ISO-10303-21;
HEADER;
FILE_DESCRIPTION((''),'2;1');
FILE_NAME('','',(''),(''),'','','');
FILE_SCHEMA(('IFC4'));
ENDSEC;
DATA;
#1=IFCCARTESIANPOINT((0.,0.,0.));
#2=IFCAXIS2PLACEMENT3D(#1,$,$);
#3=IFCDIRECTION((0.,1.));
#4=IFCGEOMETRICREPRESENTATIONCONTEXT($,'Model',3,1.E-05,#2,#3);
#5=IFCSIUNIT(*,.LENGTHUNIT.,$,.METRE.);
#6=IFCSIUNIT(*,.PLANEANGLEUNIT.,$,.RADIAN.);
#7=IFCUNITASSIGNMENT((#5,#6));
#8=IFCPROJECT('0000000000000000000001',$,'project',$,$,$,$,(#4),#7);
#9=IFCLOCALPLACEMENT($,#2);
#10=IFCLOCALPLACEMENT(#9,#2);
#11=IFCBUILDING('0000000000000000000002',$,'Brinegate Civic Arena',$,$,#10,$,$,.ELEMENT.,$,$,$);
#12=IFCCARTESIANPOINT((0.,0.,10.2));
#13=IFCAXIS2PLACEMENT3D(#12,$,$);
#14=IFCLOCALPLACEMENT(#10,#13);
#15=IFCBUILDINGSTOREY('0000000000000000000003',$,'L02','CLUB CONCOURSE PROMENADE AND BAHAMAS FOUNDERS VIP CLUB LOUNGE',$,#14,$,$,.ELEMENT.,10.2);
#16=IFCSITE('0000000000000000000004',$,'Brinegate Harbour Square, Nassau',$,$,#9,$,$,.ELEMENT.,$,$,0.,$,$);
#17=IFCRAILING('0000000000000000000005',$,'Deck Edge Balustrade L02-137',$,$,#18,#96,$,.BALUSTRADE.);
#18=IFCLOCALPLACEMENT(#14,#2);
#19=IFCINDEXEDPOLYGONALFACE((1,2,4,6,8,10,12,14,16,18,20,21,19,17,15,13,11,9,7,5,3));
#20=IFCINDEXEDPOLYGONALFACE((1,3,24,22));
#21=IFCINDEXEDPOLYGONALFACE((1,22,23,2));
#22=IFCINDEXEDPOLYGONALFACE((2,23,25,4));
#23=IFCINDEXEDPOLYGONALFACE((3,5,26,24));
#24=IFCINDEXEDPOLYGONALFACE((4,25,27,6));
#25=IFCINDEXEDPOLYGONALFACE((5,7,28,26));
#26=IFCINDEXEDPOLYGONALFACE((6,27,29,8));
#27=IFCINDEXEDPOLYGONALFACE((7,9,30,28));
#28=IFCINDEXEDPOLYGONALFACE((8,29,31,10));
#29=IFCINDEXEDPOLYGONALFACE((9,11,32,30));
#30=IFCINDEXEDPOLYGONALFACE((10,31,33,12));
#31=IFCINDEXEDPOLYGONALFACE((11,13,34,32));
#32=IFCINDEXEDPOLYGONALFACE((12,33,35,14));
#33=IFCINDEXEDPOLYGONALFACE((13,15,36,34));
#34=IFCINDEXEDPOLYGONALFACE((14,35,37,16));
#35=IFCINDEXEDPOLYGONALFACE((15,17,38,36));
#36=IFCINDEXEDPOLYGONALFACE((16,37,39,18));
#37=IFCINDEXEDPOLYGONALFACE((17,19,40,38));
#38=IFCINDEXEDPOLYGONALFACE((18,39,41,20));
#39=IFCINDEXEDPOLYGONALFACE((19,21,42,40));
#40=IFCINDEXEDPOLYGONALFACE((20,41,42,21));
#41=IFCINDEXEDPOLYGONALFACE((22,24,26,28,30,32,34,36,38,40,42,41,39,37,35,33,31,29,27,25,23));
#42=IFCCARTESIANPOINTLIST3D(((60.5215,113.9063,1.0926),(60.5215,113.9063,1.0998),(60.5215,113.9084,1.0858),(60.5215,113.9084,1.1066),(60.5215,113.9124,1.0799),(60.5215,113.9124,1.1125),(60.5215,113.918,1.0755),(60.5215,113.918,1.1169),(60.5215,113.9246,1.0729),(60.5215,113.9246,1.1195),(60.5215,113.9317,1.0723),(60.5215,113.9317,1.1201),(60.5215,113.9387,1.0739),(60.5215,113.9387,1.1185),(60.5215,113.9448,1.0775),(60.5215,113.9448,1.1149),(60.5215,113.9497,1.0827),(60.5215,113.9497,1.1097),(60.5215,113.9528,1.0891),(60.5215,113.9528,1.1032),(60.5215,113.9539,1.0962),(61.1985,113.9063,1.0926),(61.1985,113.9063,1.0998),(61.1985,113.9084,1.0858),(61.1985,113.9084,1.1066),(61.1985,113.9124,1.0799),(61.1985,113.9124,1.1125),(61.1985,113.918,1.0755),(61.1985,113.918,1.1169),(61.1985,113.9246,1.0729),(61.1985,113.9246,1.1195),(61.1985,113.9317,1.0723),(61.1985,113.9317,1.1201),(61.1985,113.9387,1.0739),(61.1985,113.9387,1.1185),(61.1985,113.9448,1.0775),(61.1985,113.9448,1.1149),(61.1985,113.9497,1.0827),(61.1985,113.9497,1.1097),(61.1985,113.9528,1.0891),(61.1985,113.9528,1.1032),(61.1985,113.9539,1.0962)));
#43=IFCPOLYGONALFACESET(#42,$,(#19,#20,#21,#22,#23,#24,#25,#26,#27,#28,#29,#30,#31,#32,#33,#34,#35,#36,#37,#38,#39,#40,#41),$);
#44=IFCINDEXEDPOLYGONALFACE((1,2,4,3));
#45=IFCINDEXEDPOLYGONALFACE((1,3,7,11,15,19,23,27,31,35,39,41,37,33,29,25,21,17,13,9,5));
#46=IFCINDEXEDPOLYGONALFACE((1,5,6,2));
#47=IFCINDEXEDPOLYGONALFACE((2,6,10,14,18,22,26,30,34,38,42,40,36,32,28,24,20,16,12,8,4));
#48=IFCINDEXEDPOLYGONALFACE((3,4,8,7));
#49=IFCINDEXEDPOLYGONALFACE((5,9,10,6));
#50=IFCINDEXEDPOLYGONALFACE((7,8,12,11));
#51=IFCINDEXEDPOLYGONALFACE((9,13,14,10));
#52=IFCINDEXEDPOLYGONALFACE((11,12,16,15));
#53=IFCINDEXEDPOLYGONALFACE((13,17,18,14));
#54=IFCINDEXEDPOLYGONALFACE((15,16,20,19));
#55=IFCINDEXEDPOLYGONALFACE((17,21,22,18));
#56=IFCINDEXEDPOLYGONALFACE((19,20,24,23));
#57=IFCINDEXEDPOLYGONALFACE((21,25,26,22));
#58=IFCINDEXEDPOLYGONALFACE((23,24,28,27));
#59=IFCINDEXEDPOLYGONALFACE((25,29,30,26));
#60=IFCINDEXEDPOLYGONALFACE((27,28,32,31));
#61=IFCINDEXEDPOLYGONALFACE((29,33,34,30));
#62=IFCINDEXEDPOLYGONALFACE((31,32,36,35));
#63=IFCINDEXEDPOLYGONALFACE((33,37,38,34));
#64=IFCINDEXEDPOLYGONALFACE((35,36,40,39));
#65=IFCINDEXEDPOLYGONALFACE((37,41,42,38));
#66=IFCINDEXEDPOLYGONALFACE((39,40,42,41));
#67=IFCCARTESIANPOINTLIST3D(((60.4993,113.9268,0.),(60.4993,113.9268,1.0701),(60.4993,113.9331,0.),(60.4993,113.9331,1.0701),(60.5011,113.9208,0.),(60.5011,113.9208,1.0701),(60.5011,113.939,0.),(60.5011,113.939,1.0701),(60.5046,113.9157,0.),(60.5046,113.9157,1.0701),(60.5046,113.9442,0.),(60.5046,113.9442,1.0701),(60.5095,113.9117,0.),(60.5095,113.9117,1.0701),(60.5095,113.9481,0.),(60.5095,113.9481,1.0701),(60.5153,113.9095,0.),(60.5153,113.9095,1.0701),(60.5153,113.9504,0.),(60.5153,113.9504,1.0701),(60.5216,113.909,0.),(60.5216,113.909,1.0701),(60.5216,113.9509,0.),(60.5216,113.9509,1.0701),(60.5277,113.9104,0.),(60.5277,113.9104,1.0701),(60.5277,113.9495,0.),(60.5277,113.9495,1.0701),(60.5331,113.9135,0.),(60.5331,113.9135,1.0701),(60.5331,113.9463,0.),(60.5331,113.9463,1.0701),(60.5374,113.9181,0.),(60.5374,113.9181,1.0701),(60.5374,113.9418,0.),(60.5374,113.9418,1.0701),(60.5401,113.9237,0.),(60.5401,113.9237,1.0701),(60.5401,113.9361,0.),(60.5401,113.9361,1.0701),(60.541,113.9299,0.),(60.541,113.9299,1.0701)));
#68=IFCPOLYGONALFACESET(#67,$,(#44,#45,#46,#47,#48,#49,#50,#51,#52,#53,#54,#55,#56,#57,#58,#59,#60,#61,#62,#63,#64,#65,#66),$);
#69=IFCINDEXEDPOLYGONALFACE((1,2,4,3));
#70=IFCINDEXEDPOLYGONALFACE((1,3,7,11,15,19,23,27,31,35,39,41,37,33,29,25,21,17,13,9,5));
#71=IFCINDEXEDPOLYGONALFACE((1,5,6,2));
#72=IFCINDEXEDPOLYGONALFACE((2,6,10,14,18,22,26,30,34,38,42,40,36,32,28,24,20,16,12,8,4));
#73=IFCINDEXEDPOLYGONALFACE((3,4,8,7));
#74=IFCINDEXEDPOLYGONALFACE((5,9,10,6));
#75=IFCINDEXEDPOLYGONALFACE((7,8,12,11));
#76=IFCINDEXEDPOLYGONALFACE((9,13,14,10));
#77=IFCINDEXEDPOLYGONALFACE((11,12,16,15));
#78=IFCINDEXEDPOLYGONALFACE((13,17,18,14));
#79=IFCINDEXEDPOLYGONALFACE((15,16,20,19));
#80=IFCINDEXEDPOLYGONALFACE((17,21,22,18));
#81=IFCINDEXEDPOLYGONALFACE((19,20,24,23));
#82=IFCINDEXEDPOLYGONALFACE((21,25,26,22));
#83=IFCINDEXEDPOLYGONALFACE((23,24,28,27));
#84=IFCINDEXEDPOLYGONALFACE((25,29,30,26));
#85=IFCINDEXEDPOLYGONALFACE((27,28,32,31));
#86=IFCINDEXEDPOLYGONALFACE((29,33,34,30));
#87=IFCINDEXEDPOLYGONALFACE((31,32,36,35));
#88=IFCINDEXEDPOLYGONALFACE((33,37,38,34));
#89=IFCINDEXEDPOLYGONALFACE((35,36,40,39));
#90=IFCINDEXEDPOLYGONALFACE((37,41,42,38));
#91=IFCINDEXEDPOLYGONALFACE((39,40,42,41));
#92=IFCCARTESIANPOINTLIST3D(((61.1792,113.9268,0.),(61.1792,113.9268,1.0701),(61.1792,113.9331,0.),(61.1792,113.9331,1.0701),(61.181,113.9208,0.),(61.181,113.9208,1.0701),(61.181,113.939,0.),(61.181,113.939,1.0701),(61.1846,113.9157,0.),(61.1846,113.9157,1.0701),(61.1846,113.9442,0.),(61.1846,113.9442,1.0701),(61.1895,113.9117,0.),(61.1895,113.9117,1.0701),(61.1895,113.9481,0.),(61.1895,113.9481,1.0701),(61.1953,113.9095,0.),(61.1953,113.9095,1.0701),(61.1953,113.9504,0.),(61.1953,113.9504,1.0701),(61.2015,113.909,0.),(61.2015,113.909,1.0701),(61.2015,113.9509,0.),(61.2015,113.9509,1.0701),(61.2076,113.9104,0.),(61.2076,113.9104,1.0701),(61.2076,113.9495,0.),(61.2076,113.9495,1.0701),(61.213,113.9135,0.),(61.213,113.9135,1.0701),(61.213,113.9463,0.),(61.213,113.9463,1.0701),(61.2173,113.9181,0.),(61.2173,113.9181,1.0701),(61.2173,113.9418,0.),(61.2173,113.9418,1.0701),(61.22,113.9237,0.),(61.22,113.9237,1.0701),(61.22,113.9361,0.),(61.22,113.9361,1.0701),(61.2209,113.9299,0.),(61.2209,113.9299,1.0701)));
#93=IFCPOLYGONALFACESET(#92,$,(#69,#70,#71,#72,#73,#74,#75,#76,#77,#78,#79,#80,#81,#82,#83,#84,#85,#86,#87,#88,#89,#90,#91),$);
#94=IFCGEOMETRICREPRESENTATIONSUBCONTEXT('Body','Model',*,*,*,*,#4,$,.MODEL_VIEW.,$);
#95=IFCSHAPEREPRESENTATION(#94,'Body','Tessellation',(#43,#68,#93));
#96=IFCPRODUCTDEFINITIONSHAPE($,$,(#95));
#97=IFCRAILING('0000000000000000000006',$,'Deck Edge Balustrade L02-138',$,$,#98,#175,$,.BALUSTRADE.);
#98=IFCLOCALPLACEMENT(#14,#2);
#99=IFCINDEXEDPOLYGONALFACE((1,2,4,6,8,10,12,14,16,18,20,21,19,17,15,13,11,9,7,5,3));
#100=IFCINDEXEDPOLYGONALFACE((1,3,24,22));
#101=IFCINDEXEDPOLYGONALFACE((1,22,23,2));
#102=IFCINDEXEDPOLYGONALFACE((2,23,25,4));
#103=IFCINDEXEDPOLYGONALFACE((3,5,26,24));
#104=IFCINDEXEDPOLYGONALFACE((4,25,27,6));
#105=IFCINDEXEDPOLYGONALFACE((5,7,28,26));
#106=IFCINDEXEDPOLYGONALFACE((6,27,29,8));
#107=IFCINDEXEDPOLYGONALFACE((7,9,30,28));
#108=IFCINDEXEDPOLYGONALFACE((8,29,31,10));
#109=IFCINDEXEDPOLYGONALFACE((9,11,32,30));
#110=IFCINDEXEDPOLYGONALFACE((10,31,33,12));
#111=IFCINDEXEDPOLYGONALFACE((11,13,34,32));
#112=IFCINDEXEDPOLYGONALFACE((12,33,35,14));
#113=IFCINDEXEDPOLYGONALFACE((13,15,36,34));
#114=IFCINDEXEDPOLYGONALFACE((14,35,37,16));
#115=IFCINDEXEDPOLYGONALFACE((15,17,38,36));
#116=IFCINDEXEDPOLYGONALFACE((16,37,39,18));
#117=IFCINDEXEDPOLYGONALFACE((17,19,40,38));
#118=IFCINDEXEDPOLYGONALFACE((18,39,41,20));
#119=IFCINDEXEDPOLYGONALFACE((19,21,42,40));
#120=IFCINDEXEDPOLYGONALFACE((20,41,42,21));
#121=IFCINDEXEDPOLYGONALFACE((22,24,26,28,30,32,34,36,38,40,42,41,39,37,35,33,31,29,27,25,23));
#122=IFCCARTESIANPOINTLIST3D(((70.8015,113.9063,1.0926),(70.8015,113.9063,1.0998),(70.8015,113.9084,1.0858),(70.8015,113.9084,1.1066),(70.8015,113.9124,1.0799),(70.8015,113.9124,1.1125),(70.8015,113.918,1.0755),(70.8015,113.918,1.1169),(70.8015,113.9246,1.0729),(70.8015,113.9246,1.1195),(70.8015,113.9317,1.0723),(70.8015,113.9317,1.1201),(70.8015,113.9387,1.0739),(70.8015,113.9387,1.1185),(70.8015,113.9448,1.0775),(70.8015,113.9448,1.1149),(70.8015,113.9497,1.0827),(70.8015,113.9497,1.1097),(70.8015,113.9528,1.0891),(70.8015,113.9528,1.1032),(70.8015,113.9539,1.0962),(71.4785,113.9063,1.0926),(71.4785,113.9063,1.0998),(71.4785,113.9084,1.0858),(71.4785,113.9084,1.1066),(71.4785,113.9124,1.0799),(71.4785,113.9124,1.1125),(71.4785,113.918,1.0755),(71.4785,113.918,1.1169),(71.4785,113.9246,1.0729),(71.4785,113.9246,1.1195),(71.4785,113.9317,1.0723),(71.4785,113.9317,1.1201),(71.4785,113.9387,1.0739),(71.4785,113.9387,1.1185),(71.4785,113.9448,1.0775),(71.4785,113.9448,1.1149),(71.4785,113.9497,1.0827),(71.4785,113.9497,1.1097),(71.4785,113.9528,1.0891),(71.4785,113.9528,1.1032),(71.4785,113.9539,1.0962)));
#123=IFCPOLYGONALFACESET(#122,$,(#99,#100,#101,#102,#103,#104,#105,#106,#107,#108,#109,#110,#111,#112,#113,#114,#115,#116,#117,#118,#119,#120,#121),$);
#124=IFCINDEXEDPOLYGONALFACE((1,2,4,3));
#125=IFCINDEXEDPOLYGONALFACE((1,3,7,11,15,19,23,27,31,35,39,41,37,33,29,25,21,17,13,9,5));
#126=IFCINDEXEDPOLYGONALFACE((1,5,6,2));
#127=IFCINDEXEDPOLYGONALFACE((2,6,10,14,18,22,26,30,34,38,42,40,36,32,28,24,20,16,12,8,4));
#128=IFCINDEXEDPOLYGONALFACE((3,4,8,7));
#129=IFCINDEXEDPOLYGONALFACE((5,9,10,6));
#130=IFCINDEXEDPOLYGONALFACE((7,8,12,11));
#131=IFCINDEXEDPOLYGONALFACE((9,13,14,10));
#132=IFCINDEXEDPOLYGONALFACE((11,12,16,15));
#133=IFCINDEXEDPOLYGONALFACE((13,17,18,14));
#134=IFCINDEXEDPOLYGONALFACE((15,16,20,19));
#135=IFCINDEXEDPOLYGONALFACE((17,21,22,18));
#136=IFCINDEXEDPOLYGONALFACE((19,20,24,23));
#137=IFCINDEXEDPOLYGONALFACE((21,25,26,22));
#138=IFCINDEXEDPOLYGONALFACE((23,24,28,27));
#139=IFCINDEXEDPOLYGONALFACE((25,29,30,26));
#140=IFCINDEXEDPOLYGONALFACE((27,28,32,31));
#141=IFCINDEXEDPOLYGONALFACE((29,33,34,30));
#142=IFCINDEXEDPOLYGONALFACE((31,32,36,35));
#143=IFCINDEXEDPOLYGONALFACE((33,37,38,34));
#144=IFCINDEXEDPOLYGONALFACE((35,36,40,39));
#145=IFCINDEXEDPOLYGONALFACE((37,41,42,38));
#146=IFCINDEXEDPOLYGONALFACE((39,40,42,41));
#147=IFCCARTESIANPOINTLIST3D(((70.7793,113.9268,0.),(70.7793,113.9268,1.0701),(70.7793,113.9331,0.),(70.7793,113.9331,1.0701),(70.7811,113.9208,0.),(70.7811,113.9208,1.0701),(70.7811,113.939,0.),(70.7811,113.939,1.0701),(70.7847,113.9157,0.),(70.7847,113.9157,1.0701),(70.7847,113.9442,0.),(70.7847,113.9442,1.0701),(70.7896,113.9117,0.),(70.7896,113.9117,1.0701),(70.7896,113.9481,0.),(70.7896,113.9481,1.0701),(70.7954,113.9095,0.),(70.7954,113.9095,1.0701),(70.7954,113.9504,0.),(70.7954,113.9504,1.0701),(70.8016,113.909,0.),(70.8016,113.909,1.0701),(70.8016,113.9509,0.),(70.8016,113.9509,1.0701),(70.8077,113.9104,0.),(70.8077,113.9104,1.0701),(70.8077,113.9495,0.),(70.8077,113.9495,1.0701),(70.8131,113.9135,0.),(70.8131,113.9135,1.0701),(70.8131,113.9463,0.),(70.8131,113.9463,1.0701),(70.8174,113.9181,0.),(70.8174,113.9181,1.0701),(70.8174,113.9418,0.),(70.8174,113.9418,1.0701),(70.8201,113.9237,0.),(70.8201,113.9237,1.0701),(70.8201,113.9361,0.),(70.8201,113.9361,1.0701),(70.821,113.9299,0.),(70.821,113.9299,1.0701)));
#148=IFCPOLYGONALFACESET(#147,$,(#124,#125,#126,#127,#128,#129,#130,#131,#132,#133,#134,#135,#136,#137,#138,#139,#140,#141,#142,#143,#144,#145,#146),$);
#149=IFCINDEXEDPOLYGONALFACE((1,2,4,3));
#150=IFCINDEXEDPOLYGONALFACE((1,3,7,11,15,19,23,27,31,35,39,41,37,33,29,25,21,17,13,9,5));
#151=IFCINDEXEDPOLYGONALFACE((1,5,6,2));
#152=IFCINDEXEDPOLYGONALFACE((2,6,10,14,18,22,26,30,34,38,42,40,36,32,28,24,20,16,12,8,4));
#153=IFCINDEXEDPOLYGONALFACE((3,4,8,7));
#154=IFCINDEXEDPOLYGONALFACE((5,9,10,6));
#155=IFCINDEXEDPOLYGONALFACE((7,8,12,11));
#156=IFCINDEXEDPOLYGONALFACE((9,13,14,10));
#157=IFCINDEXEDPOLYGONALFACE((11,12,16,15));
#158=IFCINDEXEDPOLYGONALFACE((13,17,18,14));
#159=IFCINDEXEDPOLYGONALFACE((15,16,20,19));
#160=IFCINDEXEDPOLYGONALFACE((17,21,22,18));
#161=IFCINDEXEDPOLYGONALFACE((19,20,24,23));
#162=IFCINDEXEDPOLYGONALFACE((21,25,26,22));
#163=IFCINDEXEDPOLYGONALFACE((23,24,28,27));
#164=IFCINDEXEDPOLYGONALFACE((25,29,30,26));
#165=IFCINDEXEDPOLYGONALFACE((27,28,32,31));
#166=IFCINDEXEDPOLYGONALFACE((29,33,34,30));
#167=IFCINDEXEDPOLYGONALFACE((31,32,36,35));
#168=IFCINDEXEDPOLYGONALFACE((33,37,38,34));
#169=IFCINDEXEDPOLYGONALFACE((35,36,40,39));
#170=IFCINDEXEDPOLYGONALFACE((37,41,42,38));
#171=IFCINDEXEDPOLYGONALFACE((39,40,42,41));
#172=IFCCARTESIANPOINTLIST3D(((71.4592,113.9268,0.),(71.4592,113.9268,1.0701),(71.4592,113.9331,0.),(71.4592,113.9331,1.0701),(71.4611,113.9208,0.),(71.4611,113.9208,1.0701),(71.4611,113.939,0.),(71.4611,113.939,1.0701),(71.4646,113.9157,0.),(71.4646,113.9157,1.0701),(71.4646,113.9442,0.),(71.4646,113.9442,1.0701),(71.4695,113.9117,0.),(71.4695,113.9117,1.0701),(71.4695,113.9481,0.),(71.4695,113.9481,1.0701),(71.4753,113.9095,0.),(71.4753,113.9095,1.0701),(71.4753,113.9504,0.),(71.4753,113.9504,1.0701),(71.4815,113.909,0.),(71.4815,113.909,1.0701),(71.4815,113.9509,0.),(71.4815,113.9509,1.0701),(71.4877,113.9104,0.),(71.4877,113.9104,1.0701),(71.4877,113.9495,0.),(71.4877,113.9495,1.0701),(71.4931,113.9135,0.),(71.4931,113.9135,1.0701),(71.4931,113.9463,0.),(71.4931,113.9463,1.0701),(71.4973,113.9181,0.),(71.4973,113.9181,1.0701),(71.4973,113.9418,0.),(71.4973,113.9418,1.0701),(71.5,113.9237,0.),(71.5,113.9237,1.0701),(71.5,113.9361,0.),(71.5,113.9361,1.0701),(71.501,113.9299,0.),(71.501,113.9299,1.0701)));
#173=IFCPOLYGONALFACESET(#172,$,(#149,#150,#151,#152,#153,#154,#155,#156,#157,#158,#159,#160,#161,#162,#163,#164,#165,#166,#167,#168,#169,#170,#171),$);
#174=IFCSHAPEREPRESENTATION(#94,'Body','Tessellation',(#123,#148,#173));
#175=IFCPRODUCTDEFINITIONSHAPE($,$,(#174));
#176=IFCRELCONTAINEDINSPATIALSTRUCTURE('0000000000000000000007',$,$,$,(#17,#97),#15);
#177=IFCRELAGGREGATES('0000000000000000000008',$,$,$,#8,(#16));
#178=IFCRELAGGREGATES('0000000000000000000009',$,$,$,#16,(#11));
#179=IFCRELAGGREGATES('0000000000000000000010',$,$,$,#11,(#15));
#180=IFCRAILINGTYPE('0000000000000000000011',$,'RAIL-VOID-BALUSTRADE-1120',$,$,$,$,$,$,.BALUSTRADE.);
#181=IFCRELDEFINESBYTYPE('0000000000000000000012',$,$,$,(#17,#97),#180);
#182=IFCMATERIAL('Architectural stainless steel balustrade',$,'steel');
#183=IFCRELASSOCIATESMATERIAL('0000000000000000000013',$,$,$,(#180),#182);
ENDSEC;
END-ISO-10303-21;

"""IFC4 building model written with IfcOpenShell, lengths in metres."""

from ifc_helpers import new_model, si_unit, direction, frame, origin, origin_2d, place, context, subcontext, project, spatial, circle, extrude, material, type_object, element, save


model = new_model("IFC4")

# Units and contexts
model_context = context("Model", 3, precision=1e-05, world=origin(), true_north=direction((0.0, 1.0)))
body_context = subcontext(model_context, "Body", "Model", "MODEL_VIEW")
ifc_project = project(units=[si_unit("LENGTHUNIT", "METRE"), si_unit("PLANEANGLEUNIT", "RADIAN")], contexts=[model_context])

# Site, building, storey
site_placement = place(None, origin())
site = spatial("IfcSite", under=ifc_project, at=site_placement, Name="Brinegate Harbour Square, Nassau", CompositionType="ELEMENT", RefElevation=0.0)
building_placement = place(site_placement, origin())
building = spatial("IfcBuilding", under=site, at=building_placement, Name="Brinegate Civic Arena", CompositionType="ELEMENT")
storey_placement = place(building_placement, frame((0.0, 0.0, 10.2)))
storey = spatial("IfcBuildingStorey", under=building, at=storey_placement, Name="L02", Description="CLUB CONCOURSE PROMENADE AND BAHAMAS FOUNDERS VIP CLUB LOUNGE", CompositionType="ELEMENT", Elevation=10.2)

# Railings
ifc_material_1 = material(Name="Architectural stainless steel balustrade", Category="steel")
railing_type_1 = type_object("IfcRailingType", Name="RAIL-VOID-BALUSTRADE-1120", PredefinedType="BALUSTRADE", material=ifc_material_1)
for number, where, name in (
    (1, (60.52, 113.9299, 0.0), "Deck Edge Balustrade L02-137"),
    (2, (70.8, 113.9299, 0.0), "Deck Edge Balustrade L02-138"),
):
    element("IfcRailing", number, at=place(storey_placement, frame(where)), inside=storey, type_object=railing_type_1, Name=name, PredefinedType="BALUSTRADE", context=body_context, shape_type="SweptSolid", body=[
        extrude(circle(Radius=0.0239, at=origin_2d()), frame((0.0015, 0.0, 1.0962), z_axis=(1.0, 0.0, 0.0), x_axis=(0.0, 1.0, 0.0)), (0.0, 0.0, 1.0), 0.677),
        extrude(circle(Radius=0.021, at=origin_2d()), origin(), (0.0, 0.0, 1.0), 1.0701),
        extrude(circle(Radius=0.021, at=origin_2d()), frame((0.6799, 0.0, 0.0)), (0.0, 0.0, 1.0), 1.0701),
    ])

save(model, "model.ifc")
